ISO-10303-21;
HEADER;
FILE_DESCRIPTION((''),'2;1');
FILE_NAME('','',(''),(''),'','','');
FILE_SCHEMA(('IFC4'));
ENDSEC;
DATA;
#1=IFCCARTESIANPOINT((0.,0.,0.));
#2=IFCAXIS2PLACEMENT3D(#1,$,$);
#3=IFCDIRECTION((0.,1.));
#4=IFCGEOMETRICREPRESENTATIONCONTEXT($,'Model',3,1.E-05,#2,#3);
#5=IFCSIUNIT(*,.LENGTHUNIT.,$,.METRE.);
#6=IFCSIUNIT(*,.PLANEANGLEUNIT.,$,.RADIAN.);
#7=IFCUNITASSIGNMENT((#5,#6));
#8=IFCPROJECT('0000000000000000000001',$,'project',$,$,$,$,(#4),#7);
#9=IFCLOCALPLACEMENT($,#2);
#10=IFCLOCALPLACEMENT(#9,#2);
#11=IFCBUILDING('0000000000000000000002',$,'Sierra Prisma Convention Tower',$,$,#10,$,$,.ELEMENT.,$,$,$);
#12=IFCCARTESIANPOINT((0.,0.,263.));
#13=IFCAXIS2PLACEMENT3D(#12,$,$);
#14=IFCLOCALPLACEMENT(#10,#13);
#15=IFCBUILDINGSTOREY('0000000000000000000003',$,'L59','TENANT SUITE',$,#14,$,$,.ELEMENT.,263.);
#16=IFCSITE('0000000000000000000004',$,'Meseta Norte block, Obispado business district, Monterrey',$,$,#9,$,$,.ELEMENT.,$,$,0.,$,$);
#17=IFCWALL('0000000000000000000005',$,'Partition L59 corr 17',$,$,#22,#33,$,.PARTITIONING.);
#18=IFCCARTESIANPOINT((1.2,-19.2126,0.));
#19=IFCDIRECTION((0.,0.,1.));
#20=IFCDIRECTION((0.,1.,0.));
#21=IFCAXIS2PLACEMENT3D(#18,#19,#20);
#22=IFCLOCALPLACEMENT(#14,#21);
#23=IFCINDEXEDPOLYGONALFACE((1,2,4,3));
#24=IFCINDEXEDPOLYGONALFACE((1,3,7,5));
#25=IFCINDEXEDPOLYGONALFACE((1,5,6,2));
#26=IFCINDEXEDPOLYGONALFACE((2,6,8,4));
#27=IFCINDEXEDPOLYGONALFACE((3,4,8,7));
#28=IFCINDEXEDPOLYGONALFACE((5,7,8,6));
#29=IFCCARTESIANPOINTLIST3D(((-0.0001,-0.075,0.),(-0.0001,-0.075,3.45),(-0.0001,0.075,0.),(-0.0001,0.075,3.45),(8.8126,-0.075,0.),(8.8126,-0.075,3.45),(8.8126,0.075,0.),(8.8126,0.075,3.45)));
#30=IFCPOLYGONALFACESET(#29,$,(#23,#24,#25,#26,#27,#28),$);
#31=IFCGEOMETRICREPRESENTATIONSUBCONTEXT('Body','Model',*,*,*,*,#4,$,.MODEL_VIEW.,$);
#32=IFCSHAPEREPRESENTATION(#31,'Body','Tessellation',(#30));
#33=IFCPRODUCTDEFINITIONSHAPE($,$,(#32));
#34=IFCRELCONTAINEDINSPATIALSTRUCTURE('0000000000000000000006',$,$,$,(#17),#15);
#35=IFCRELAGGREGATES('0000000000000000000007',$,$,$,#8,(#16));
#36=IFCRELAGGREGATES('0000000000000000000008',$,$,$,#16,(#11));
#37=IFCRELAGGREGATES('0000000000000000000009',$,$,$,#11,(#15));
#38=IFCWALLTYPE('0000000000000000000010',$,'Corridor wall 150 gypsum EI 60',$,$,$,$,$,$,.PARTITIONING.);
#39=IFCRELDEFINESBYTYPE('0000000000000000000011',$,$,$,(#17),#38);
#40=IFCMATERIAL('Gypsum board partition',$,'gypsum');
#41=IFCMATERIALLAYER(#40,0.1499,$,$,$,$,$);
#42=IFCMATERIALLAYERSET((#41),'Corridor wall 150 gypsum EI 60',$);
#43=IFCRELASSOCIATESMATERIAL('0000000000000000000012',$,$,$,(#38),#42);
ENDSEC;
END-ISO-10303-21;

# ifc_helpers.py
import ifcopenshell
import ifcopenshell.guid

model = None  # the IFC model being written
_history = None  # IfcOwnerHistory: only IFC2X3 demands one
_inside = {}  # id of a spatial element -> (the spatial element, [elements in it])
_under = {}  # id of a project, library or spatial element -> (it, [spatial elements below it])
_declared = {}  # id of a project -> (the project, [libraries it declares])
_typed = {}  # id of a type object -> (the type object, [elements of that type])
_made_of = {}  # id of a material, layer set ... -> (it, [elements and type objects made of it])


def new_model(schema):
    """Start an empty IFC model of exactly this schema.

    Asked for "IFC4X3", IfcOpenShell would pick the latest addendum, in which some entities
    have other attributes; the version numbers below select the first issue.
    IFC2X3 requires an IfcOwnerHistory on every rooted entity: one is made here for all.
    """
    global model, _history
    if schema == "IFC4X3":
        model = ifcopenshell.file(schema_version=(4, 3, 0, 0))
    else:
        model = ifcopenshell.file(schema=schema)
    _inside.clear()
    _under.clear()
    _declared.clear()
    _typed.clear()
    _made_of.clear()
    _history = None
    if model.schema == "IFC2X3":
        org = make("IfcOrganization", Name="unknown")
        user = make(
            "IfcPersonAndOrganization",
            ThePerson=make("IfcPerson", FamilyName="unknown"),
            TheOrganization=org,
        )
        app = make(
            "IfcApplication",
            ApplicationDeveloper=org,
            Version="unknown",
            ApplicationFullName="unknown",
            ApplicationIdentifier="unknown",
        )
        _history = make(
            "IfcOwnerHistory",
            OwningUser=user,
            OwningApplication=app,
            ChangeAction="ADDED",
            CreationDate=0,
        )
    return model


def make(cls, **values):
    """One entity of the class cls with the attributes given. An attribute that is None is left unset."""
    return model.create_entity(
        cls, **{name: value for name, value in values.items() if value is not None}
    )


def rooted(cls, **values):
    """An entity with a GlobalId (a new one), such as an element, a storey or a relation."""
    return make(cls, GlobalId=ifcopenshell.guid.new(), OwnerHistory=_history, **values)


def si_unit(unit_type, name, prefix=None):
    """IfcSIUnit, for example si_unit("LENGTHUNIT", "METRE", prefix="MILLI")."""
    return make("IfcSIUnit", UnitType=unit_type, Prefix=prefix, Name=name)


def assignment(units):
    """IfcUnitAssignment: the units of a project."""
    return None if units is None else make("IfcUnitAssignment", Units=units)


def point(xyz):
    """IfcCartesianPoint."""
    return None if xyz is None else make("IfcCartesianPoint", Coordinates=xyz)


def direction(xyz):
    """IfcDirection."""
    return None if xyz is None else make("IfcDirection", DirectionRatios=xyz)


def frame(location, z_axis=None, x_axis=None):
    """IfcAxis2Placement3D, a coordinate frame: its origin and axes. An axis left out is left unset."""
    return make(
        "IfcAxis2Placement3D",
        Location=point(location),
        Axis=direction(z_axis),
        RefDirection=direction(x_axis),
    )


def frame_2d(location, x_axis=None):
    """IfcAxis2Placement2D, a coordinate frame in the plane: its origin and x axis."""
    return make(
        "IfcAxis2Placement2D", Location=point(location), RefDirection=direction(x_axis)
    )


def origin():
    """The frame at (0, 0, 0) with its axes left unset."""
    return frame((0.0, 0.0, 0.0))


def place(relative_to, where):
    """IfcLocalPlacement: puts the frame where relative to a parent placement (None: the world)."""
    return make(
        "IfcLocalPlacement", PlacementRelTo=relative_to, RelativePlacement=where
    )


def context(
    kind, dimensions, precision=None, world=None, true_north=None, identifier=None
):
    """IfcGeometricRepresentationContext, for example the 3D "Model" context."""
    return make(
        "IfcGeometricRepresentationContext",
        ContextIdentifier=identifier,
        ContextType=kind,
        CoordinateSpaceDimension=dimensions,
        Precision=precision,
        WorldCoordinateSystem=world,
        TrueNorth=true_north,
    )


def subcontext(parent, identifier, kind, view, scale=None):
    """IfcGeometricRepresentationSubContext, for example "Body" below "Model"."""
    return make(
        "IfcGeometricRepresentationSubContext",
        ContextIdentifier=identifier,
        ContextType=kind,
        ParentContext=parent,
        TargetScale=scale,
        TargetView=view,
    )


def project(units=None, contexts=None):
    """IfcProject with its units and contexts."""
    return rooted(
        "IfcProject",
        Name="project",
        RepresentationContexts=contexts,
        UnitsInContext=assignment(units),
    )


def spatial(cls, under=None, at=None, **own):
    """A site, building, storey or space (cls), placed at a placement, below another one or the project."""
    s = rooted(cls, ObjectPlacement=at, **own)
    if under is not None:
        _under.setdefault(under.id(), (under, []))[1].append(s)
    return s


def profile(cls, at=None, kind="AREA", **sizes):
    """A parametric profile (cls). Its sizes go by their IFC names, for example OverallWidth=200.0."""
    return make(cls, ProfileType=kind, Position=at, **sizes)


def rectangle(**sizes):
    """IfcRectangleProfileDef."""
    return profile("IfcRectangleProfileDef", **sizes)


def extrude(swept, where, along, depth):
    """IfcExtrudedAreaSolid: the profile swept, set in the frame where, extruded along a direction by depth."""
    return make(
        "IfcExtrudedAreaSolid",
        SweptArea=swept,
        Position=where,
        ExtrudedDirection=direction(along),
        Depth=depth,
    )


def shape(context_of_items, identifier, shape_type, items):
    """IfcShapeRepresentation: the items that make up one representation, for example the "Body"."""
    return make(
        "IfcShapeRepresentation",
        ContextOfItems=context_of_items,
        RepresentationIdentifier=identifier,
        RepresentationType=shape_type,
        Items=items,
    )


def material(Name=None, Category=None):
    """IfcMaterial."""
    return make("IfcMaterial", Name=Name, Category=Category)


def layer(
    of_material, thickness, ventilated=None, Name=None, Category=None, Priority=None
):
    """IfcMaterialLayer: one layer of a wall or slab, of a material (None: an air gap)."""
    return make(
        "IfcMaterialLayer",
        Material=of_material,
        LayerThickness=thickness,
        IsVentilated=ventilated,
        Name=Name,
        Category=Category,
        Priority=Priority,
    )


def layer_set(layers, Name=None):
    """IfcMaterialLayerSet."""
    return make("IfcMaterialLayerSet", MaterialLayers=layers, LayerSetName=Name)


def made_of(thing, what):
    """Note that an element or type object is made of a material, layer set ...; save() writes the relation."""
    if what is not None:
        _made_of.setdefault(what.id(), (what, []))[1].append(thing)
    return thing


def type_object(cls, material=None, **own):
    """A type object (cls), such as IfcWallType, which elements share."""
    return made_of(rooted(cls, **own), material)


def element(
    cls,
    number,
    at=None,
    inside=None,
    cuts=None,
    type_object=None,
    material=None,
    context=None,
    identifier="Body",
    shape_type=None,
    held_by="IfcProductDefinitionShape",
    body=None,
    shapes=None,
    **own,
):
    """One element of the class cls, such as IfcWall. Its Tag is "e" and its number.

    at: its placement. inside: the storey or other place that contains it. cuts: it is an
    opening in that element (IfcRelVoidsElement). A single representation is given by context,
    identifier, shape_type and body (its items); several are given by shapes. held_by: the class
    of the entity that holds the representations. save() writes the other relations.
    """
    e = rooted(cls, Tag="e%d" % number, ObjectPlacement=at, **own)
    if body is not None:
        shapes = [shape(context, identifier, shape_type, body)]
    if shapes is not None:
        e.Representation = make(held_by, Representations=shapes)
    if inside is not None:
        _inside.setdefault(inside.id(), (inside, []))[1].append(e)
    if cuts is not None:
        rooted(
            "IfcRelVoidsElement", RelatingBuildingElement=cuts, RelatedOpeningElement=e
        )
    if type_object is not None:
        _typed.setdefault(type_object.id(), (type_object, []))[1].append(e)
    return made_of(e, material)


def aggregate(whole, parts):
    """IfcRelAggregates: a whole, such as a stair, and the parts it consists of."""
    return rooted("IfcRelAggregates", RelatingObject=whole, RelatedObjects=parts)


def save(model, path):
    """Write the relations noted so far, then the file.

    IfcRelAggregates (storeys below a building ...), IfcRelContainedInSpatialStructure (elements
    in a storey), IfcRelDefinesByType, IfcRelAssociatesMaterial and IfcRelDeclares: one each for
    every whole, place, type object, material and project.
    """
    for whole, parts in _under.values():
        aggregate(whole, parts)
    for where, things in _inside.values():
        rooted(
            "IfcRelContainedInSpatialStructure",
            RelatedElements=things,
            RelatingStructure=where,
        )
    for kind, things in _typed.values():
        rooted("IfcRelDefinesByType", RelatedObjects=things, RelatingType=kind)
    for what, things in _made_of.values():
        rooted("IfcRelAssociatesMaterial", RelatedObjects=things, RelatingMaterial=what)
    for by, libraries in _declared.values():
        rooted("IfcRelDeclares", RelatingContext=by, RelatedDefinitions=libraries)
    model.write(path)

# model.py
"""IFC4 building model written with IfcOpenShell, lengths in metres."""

from ifc_helpers import new_model, si_unit, direction, frame, frame_2d, origin, place, context, subcontext, project, spatial, rectangle, extrude, material, layer, layer_set, type_object, element, save


model = new_model("IFC4")

# Units and contexts
model_context = context("Model", 3, precision=1e-05, world=origin(), true_north=direction((0.0, 1.0)))
body_context = subcontext(model_context, "Body", "Model", "MODEL_VIEW")
ifc_project = project(units=[si_unit("LENGTHUNIT", "METRE"), si_unit("PLANEANGLEUNIT", "RADIAN")], contexts=[model_context])

# Site, building, storey
site_placement = place(None, origin())
site = spatial("IfcSite", under=ifc_project, at=site_placement, Name="Meseta Norte block, Obispado business district, Monterrey", CompositionType="ELEMENT", RefElevation=0.0)
building_placement = place(site_placement, origin())
building = spatial("IfcBuilding", under=site, at=building_placement, Name="Sierra Prisma Convention Tower", CompositionType="ELEMENT")
storey_placement = place(building_placement, frame((0.0, 0.0, 263.0)))
storey = spatial("IfcBuildingStorey", under=building, at=storey_placement, Name="L59", Description="TENANT SUITE", CompositionType="ELEMENT", Elevation=263.0)

# Wall
ifc_material_1 = material(Name="Gypsum board partition", Category="gypsum")
ifc_layer_1 = layer(ifc_material_1, 0.1499)
ifc_layer_set_1 = layer_set([ifc_layer_1], Name="Corridor wall 150 gypsum EI 60")
wall_type_1 = type_object("IfcWallType", Name="Corridor wall 150 gypsum EI 60", PredefinedType="PARTITIONING", material=ifc_layer_set_1)
wall_1_placement = place(storey_placement, frame((1.2, -19.2126, 0.0), z_axis=(0.0, 0.0, 1.0), x_axis=(0.0, 1.0, 0.0)))
element("IfcWall", 1, at=wall_1_placement, inside=storey, type_object=wall_type_1, Name="Partition L59 corr 17", PredefinedType="PARTITIONING", context=body_context, shape_type="SweptSolid", body=[
    extrude(rectangle(XDim=8.8127, YDim=0.1499, at=frame_2d((4.4062, 0.0))), origin(), (0.0, 0.0, 1.0), 3.45),
])

save(model, "model.ifc")
